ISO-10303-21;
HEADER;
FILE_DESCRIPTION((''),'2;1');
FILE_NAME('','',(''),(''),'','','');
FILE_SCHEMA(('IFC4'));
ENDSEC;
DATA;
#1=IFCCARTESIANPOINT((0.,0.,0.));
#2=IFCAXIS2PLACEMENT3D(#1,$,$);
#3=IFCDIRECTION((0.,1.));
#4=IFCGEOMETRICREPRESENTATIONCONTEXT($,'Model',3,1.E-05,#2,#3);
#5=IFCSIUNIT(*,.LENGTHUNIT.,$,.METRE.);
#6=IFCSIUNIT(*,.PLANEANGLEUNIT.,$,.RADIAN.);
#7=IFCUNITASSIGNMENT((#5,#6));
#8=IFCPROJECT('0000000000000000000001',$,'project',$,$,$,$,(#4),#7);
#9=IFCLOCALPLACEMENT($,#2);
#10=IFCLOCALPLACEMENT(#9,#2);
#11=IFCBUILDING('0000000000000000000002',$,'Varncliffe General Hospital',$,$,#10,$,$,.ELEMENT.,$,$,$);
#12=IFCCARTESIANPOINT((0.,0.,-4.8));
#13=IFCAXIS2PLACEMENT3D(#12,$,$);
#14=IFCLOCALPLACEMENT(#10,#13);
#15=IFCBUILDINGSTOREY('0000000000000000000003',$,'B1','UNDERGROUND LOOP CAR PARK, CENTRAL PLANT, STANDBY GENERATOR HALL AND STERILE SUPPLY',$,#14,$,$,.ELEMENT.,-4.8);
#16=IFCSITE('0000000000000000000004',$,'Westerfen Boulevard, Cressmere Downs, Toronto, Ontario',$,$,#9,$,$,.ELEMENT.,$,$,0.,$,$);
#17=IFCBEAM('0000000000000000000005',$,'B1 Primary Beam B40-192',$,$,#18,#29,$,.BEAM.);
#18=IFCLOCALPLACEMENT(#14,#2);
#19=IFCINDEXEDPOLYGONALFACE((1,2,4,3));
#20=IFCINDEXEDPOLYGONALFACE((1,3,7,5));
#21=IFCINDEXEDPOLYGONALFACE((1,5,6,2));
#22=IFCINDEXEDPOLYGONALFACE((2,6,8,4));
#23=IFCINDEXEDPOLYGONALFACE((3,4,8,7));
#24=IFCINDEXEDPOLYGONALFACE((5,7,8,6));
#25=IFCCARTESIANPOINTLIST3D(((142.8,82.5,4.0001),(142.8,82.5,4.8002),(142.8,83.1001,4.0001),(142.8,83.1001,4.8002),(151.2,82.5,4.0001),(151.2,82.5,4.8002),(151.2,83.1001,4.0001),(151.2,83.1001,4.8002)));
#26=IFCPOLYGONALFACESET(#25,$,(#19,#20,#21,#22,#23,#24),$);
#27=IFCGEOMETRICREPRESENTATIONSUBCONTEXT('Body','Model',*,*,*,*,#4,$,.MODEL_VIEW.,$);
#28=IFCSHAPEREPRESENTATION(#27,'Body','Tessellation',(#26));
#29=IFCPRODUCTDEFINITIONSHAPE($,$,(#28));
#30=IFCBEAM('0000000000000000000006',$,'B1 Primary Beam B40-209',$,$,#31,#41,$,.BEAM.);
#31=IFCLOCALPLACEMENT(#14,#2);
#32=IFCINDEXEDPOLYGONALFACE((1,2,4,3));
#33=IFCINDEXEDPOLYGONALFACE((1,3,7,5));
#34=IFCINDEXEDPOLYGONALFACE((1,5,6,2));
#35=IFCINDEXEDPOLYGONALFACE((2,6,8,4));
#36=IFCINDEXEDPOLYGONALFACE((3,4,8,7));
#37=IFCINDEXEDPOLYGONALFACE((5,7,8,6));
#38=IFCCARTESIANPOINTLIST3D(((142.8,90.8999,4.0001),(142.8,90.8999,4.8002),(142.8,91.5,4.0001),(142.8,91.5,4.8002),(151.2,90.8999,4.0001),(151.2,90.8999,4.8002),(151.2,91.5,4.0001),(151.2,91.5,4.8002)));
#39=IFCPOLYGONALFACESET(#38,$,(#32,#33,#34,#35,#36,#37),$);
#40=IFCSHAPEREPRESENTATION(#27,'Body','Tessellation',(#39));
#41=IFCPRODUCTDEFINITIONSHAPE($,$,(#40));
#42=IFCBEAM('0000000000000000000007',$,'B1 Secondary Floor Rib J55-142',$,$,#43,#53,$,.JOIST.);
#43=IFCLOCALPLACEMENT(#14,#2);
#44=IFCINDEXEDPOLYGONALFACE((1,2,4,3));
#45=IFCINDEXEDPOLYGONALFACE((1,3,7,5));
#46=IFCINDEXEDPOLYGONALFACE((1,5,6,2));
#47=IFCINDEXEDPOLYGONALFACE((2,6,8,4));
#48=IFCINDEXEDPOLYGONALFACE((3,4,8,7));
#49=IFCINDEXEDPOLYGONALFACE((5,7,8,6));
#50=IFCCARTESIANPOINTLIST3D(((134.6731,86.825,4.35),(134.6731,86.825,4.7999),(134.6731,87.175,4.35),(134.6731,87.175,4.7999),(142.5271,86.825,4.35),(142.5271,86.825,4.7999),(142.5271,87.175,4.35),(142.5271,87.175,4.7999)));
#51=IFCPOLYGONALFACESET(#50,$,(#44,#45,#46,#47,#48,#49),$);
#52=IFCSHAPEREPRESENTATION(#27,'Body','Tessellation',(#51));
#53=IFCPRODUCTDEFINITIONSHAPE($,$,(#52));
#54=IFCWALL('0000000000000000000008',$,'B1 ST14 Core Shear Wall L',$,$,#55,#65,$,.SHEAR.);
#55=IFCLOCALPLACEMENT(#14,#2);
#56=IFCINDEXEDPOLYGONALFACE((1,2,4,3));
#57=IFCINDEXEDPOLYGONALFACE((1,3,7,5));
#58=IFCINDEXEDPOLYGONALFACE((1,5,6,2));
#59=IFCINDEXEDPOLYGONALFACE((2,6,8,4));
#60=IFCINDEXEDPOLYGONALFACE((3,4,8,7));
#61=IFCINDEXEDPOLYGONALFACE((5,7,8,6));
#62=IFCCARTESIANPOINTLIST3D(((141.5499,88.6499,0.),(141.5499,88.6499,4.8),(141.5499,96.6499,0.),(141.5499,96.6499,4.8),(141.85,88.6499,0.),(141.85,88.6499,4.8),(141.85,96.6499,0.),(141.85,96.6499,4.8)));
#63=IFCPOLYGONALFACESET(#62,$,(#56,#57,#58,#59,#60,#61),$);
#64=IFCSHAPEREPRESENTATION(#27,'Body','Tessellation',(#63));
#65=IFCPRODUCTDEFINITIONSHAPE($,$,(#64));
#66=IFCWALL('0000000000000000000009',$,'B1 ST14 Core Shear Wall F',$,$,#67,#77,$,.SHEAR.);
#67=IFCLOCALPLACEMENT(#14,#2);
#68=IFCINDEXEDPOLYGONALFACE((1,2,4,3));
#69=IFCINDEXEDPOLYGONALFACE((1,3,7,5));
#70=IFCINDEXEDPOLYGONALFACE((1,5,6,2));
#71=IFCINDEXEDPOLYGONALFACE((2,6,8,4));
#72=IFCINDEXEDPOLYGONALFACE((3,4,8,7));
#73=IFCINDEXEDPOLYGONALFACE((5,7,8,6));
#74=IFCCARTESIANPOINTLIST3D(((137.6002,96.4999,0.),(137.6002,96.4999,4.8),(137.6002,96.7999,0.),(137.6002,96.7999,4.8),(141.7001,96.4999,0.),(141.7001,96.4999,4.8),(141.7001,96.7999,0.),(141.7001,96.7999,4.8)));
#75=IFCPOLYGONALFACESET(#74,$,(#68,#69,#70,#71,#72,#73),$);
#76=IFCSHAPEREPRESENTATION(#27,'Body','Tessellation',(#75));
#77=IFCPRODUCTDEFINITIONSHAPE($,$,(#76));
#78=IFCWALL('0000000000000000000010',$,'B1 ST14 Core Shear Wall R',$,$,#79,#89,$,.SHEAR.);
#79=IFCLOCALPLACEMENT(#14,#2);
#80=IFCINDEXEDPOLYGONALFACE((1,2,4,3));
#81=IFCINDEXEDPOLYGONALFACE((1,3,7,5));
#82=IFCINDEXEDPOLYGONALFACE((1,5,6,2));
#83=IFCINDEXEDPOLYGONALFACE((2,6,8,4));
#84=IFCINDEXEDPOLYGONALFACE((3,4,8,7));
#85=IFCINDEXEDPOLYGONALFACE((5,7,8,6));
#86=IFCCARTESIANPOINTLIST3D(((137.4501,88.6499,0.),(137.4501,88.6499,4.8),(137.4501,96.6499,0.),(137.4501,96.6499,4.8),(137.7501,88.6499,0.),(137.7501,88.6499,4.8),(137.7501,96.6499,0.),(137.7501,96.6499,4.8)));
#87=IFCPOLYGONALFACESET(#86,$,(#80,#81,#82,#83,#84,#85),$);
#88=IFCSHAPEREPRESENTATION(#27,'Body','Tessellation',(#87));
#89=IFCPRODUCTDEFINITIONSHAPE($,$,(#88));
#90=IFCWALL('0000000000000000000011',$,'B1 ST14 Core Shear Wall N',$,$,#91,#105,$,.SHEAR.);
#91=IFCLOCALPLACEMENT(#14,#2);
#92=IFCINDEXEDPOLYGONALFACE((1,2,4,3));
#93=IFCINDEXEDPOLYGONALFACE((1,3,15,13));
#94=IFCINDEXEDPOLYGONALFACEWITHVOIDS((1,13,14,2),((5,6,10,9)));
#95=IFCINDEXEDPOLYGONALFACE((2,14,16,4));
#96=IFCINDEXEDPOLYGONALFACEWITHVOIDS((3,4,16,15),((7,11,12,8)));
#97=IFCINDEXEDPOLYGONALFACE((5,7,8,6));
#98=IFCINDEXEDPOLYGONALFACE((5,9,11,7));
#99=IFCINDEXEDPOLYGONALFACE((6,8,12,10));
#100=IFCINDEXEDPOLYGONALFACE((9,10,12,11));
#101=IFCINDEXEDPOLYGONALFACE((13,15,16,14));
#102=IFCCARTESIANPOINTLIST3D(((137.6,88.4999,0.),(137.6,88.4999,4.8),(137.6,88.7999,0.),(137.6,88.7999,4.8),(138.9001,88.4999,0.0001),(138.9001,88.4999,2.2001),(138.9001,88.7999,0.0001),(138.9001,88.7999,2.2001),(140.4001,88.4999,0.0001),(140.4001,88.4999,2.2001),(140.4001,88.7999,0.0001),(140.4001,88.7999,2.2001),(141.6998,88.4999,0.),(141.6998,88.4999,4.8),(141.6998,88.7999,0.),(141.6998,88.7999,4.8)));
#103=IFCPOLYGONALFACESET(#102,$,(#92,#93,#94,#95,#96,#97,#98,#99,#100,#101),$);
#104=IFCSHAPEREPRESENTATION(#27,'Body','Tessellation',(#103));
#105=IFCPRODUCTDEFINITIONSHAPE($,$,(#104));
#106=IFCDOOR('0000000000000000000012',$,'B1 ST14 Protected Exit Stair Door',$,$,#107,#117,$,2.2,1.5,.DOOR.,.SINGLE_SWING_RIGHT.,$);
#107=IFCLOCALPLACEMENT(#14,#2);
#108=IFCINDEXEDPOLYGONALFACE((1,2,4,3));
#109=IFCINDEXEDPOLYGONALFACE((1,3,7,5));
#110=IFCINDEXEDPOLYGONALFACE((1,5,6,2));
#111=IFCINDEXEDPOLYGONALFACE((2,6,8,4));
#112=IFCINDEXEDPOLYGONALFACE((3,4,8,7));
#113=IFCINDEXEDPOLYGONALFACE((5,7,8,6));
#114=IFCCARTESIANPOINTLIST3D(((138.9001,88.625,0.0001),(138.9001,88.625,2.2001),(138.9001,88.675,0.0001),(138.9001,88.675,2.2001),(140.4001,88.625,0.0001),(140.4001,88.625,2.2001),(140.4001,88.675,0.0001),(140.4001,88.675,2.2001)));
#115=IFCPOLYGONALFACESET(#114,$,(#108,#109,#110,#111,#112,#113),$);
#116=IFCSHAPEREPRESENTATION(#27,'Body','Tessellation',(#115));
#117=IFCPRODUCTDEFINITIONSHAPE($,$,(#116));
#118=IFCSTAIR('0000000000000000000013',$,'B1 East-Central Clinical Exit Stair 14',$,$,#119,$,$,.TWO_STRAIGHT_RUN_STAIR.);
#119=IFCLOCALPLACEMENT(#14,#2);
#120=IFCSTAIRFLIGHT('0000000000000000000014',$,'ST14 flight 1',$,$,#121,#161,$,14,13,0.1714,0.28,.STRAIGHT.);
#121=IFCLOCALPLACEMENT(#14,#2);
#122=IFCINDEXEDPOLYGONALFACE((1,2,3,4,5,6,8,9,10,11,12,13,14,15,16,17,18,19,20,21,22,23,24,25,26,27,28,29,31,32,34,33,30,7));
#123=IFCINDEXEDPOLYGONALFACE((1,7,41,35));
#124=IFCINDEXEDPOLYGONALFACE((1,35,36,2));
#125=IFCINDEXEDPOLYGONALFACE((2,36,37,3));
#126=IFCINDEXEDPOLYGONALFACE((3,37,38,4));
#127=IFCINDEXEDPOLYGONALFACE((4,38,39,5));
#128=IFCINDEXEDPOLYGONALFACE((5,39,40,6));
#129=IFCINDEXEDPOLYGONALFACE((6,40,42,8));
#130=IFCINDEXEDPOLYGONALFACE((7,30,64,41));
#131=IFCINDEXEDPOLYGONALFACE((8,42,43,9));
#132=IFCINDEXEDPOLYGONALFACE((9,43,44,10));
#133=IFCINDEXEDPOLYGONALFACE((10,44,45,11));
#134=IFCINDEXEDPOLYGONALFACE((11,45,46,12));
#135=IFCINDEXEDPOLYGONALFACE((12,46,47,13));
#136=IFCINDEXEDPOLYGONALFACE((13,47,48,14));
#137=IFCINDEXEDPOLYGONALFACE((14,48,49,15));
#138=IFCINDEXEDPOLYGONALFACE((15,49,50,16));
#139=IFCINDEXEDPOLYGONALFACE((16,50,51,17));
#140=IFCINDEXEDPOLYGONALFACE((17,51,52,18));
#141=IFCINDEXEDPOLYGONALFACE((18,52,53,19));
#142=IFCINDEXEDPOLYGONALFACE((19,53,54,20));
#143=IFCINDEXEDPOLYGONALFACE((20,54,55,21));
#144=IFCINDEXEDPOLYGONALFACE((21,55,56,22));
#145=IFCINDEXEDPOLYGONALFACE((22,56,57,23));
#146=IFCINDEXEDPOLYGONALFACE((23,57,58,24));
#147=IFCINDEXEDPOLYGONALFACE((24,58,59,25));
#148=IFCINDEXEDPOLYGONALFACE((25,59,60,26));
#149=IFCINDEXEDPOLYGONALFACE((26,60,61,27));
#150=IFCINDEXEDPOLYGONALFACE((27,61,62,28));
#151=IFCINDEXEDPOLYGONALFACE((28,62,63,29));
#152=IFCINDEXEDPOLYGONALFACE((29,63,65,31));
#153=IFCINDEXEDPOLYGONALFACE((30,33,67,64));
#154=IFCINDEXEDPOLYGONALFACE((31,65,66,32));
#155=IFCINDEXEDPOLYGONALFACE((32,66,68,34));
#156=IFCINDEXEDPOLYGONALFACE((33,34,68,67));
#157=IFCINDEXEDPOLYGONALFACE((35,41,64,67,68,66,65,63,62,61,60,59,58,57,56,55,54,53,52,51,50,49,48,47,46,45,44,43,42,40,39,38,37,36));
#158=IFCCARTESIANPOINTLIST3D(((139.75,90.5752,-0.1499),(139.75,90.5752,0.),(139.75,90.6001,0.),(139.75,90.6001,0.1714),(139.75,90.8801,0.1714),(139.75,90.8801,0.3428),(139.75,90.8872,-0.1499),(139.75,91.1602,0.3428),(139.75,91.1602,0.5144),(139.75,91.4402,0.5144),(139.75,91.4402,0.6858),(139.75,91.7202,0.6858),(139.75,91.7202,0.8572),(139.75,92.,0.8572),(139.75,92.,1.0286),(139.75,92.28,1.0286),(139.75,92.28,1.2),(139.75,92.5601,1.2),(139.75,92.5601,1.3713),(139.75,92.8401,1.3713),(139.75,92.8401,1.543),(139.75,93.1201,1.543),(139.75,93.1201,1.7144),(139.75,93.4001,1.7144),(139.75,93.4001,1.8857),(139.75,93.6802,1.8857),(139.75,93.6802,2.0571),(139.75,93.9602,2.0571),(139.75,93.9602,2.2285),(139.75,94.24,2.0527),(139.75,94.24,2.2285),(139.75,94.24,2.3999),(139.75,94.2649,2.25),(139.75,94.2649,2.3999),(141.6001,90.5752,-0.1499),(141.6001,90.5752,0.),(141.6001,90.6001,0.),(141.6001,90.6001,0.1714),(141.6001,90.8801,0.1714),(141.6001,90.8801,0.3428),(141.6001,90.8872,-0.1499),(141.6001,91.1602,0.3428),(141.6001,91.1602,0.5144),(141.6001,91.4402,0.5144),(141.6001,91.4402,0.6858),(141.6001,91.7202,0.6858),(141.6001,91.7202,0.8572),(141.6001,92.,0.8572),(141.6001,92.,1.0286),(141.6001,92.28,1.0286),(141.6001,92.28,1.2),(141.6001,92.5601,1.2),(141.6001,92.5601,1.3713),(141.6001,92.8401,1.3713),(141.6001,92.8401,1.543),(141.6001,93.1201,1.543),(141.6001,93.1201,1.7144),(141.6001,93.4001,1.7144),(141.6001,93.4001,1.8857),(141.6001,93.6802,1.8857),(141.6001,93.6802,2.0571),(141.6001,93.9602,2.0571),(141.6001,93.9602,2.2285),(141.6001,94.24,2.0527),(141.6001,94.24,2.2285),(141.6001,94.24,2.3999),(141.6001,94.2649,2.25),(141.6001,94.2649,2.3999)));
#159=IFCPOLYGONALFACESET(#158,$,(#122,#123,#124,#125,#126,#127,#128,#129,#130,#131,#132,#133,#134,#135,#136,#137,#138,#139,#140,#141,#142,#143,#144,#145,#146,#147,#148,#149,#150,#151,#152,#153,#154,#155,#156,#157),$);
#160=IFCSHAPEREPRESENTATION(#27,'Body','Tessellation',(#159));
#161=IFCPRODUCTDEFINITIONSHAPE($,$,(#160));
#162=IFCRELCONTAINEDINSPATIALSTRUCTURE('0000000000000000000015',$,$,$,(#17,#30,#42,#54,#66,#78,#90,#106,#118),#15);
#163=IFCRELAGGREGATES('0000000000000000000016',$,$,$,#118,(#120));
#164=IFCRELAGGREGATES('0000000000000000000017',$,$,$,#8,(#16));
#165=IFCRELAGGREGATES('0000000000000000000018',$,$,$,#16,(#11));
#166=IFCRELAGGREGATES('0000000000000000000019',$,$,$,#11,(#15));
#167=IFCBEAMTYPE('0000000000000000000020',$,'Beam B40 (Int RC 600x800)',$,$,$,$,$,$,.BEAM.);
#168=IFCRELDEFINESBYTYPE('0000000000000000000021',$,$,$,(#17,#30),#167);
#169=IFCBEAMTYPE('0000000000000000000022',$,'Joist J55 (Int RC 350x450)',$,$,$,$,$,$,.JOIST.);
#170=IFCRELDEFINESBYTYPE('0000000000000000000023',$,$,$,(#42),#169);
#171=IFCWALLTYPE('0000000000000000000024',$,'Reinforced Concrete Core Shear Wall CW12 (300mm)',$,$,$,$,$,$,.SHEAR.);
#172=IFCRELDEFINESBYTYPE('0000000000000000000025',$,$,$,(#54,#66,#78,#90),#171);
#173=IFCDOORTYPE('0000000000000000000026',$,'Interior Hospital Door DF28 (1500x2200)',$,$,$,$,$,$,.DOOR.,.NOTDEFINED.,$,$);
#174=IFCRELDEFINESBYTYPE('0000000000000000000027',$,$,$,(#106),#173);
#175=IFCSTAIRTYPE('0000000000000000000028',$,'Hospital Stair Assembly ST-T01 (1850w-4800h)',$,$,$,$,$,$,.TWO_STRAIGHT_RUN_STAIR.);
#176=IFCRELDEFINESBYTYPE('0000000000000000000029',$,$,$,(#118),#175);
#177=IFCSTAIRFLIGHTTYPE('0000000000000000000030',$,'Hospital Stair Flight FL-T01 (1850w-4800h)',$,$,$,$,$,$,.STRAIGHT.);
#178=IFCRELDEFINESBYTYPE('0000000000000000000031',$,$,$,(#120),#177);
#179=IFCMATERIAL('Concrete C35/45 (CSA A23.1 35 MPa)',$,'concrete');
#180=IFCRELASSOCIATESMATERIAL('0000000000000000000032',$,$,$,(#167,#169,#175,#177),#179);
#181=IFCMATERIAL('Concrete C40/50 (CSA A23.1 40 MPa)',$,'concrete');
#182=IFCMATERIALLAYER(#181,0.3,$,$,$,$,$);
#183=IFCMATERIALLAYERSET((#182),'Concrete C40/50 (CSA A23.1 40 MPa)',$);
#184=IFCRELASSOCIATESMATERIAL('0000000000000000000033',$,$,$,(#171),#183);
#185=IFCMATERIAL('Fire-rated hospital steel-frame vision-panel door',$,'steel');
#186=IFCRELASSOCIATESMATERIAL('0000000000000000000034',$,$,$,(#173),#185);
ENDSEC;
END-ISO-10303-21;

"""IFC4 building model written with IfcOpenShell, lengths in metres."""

from ifc_helpers import new_model, si_unit, direction, frame, frame_2d, origin, origin_2d, place, context, subcontext, project, spatial, polyline, rectangle, outline, extrude, material, layer, layer_set, material_profile, profile_set, type_object, element, fill, aggregate, save


model = new_model("IFC4")

# Units and contexts
model_context = context("Model", 3, precision=1e-05, world=origin(), true_north=direction((0.0, 1.0)))
body_context = subcontext(model_context, "Body", "Model", "MODEL_VIEW")
ifc_project = project(units=[si_unit("LENGTHUNIT", "METRE"), si_unit("PLANEANGLEUNIT", "RADIAN")], contexts=[model_context])

# Site, building, storey
site_placement = place(None, origin())
site = spatial("IfcSite", under=ifc_project, at=site_placement, Name="Westerfen Boulevard, Cressmere Downs, Toronto, Ontario", CompositionType="ELEMENT", RefElevation=0.0)
building_placement = place(site_placement, origin())
building = spatial("IfcBuilding", under=site, at=building_placement, Name="Varncliffe General Hospital", CompositionType="ELEMENT")
storey_placement = place(building_placement, frame((0.0, 0.0, -4.8)))
storey = spatial("IfcBuildingStorey", under=building, at=storey_placement, Name="B1", Description="UNDERGROUND LOOP CAR PARK, CENTRAL PLANT, STANDBY GENERATOR HALL AND STERILE SUPPLY", CompositionType="ELEMENT", Elevation=-4.8)

# Shared definitions
ifc_material_1 = material(Name="Concrete C40/50 (CSA A23.1 40 MPa)", Category="concrete")

# Beams
ifc_material_2 = material(Name="Concrete C35/45 (CSA A23.1 35 MPa)", Category="concrete")
ifc_material_profile_1 = material_profile(ifc_material_2, rectangle(XDim=0.6001, YDim=0.8, at=origin_2d()), Name="RC 600x800")
ifc_profile_set_1 = profile_set([ifc_material_profile_1], Name="Concrete C35/45 (CSA A23.1 35 MPa)")
beam_type_1 = type_object("IfcBeamType", Name="Beam B40 (Int RC 600x800)", PredefinedType="BEAM", material=ifc_profile_set_1)
for number, where, z_axis, x_axis, name in (
    (1, (142.8, 82.8, 4.4001), (1.0, 0.0, 0.0), (0.0, 1.0, 0.0), "B1 Primary Beam B40-192"),
    (2, (142.8, 91.2, 4.4001), (1.0, 0.0, 0.0), (0.0, 1.0, 0.0), "B1 Primary Beam B40-209"),
):
    element("IfcBeam", number, at=place(storey_placement, frame(where, z_axis=z_axis, x_axis=x_axis)), inside=storey, type_object=beam_type_1, Name=name, PredefinedType="BEAM", context=body_context, shape_type="SweptSolid", body=[
        extrude(rectangle(XDim=0.6001, YDim=0.8, at=origin_2d()), origin(), (0.0, 0.0, 1.0), 8.3999),
    ])
ifc_material_profile_2 = material_profile(ifc_material_2, rectangle(XDim=0.3501, YDim=0.45, at=origin_2d()), Name="RC 350x450")
ifc_profile_set_2 = profile_set([ifc_material_profile_2], Name="Concrete C35/45 (CSA A23.1 35 MPa)")
beam_type_2 = type_object("IfcBeamType", Name="Joist J55 (Int RC 350x450)", PredefinedType="JOIST", material=ifc_profile_set_2)
beam_1_placement = place(storey_placement, frame((134.6731, 87.0, 4.575), z_axis=(1.0, 0.0, 0.0), x_axis=(0.0, 1.0, 0.0)))
element("IfcBeam", 3, at=beam_1_placement, inside=storey, type_object=beam_type_2, Name="B1 Secondary Floor Rib J55-142", PredefinedType="JOIST", context=body_context, shape_type="SweptSolid", body=[
    extrude(rectangle(XDim=0.3501, YDim=0.45, at=origin_2d()), origin(), (0.0, 0.0, 1.0), 7.854),
])

# Walls
ifc_layer = layer(ifc_material_1, 0.3)
ifc_layer_set = layer_set([ifc_layer], Name="Concrete C40/50 (CSA A23.1 40 MPa)")
wall_type = type_object("IfcWallType", Name="Reinforced Concrete Core Shear Wall CW12 (300mm)", PredefinedType="SHEAR", material=ifc_layer_set)
wall_1_placement = place(storey_placement, frame((141.7, 88.6499, 0.0), z_axis=(0.0, 0.0, 1.0), x_axis=(0.0, 1.0, 0.0)))
element("IfcWall", 4, at=wall_1_placement, inside=storey, type_object=wall_type, Name="B1 ST14 Core Shear Wall L", PredefinedType="SHEAR", context=body_context, shape_type="SweptSolid", body=[
    extrude(rectangle(XDim=8.0, YDim=0.3, at=frame_2d((4.0, 0.0))), origin(), (0.0, 0.0, 1.0), 4.8),
])
wall_2_placement = place(storey_placement, frame((141.7, 96.6499, 0.0), z_axis=(0.0, 0.0, 1.0), x_axis=(-1.0, 0.0, 0.0)))
element("IfcWall", 5, at=wall_2_placement, inside=storey, type_object=wall_type, Name="B1 ST14 Core Shear Wall F", PredefinedType="SHEAR", context=body_context, shape_type="SweptSolid", body=[
    extrude(rectangle(XDim=4.0999, YDim=0.3, at=frame_2d((2.0498, 0.0))), origin(), (0.0, 0.0, 1.0), 4.8),
])
wall_3_placement = place(storey_placement, frame((137.6001, 96.6499, 0.0), z_axis=(0.0, 0.0, 1.0), x_axis=(0.0, -1.0, 0.0)))
element("IfcWall", 6, at=wall_3_placement, inside=storey, type_object=wall_type, Name="B1 ST14 Core Shear Wall R", PredefinedType="SHEAR", context=body_context, shape_type="SweptSolid", body=[
    extrude(rectangle(XDim=8.0, YDim=0.3, at=frame_2d((4.0, 0.0))), origin(), (0.0, 0.0, 1.0), 4.8),
])

# Wall, opening, door
wall_4_placement = place(storey_placement, frame((137.6001, 88.6499, 0.0), z_axis=(0.0, 0.0, 1.0), x_axis=(1.0, 0.0, 0.0)))
wall_4 = element("IfcWall", 7, at=wall_4_placement, inside=storey, type_object=wall_type, Name="B1 ST14 Core Shear Wall N", PredefinedType="SHEAR", context=body_context, shape_type="SweptSolid", body=[
    extrude(rectangle(XDim=4.0999, YDim=0.3, at=frame_2d((2.0498, 0.0))), origin(), (0.0, 0.0, 1.0), 4.8),
])
opening_placement = place(wall_4_placement, frame((1.3, 0.0, 0.0)))
opening = element("IfcOpeningElement", 8, at=opening_placement, cuts=wall_4, PredefinedType="OPENING", context=body_context, shape_type="SweptSolid", body=[
    extrude(rectangle(XDim=1.5, YDim=2.2, at=frame_2d((0.75, 1.1001))), frame((0.0, 0.1602, 0.0), z_axis=(0.0, -1.0, 0.0), x_axis=(1.0, 0.0, 0.0)), (0.0, 0.0, 1.0), 0.3201),
])
ifc_material_3 = material(Name="Fire-rated hospital steel-frame vision-panel door", Category="steel")
door_type = type_object("IfcDoorType", Name="Interior Hospital Door DF28 (1500x2200)", OperationType="NOTDEFINED", PredefinedType="DOOR", material=ifc_material_3)
door_placement = place(opening_placement, frame((1.5, 0.0, 0.0), z_axis=(0.0, 0.0, 1.0), x_axis=(-1.0, 0.0, 0.0)))
door = element("IfcDoor", 9, at=door_placement, inside=storey, type_object=door_type, Name="B1 ST14 Protected Exit Stair Door", OperationType="SINGLE_SWING_RIGHT", OverallHeight=2.2, OverallWidth=1.5, PredefinedType="DOOR", context=body_context, shape_type="SweptSolid", body=[
    extrude(rectangle(XDim=1.5, YDim=2.2, at=frame_2d((0.75, 1.1001))), frame((0.0, 0.0249, 0.0), z_axis=(0.0, -1.0, 0.0), x_axis=(1.0, 0.0, 0.0)), (0.0, 0.0, 1.0), 0.05),
])
fill(opening, door)

# Stair, stair flight
stair_type = type_object("IfcStairType", Name="Hospital Stair Assembly ST-T01 (1850w-4800h)", PredefinedType="TWO_STRAIGHT_RUN_STAIR", material=ifc_material_2)
stair_placement = place(storey_placement, origin())
stair = element("IfcStair", 10, at=stair_placement, inside=storey, type_object=stair_type, Name="B1 East-Central Clinical Exit Stair 14", PredefinedType="TWO_STRAIGHT_RUN_STAIR")
stair_flight_type = type_object("IfcStairFlightType", Name="Hospital Stair Flight FL-T01 (1850w-4800h)", PredefinedType="STRAIGHT", material=ifc_material_2)
stair_flight_1_placement = place(storey_placement, frame((140.675, 90.6001, 0.0), z_axis=(0.0, 0.0, 1.0), x_axis=(0.0, 1.0, 0.0)))
stair_flight_1 = element("IfcStairFlight", 11, at=stair_flight_1_placement, type_object=stair_flight_type, Name="ST14 flight 1", NumberOfRisers=14, NumberOfTreads=13, PredefinedType="STRAIGHT", RiserHeight=0.1714, TreadLength=0.28, context=body_context, shape_type="SweptSolid", body=[
    extrude(outline(polyline([(-0.0249, -0.1499), (-0.0249, 0.0), (0.0, 0.0), (0.0, 0.1714), (0.28, 0.1714), (0.28, 0.3428), (0.5601, 0.3428), (0.5601, 0.5144), (0.8401, 0.5144), (0.8401, 0.6858), (1.1201, 0.6858), (1.1201, 0.8572), (1.3999, 0.8572), (1.3999, 1.0286), (1.6799, 1.0286), (1.6799, 1.2), (1.96, 1.2), (1.96, 1.3713), (2.24, 1.3713), (2.24, 1.543), (2.52, 1.543), (2.52, 1.7144), (2.8, 1.7144), (2.8, 1.8857), (3.0801, 1.8857), (3.0801, 2.0571), (3.3601, 2.0571), (3.3601, 2.2285), (3.6399, 2.2285), (3.6399, 2.3999), (3.6648, 2.3999), (3.6648, 2.25), (3.6399, 2.0527), (0.2871, -0.1499), (-0.0249, -0.1499)])), frame((0.0, 0.925, 0.0), z_axis=(0.0, -1.0, 0.0), x_axis=(1.0, 0.0, 0.0)), (0.0, 0.0, 1.0), 1.8501),
])
aggregate(stair, [stair_flight_1])

save(model, "model.ifc")
